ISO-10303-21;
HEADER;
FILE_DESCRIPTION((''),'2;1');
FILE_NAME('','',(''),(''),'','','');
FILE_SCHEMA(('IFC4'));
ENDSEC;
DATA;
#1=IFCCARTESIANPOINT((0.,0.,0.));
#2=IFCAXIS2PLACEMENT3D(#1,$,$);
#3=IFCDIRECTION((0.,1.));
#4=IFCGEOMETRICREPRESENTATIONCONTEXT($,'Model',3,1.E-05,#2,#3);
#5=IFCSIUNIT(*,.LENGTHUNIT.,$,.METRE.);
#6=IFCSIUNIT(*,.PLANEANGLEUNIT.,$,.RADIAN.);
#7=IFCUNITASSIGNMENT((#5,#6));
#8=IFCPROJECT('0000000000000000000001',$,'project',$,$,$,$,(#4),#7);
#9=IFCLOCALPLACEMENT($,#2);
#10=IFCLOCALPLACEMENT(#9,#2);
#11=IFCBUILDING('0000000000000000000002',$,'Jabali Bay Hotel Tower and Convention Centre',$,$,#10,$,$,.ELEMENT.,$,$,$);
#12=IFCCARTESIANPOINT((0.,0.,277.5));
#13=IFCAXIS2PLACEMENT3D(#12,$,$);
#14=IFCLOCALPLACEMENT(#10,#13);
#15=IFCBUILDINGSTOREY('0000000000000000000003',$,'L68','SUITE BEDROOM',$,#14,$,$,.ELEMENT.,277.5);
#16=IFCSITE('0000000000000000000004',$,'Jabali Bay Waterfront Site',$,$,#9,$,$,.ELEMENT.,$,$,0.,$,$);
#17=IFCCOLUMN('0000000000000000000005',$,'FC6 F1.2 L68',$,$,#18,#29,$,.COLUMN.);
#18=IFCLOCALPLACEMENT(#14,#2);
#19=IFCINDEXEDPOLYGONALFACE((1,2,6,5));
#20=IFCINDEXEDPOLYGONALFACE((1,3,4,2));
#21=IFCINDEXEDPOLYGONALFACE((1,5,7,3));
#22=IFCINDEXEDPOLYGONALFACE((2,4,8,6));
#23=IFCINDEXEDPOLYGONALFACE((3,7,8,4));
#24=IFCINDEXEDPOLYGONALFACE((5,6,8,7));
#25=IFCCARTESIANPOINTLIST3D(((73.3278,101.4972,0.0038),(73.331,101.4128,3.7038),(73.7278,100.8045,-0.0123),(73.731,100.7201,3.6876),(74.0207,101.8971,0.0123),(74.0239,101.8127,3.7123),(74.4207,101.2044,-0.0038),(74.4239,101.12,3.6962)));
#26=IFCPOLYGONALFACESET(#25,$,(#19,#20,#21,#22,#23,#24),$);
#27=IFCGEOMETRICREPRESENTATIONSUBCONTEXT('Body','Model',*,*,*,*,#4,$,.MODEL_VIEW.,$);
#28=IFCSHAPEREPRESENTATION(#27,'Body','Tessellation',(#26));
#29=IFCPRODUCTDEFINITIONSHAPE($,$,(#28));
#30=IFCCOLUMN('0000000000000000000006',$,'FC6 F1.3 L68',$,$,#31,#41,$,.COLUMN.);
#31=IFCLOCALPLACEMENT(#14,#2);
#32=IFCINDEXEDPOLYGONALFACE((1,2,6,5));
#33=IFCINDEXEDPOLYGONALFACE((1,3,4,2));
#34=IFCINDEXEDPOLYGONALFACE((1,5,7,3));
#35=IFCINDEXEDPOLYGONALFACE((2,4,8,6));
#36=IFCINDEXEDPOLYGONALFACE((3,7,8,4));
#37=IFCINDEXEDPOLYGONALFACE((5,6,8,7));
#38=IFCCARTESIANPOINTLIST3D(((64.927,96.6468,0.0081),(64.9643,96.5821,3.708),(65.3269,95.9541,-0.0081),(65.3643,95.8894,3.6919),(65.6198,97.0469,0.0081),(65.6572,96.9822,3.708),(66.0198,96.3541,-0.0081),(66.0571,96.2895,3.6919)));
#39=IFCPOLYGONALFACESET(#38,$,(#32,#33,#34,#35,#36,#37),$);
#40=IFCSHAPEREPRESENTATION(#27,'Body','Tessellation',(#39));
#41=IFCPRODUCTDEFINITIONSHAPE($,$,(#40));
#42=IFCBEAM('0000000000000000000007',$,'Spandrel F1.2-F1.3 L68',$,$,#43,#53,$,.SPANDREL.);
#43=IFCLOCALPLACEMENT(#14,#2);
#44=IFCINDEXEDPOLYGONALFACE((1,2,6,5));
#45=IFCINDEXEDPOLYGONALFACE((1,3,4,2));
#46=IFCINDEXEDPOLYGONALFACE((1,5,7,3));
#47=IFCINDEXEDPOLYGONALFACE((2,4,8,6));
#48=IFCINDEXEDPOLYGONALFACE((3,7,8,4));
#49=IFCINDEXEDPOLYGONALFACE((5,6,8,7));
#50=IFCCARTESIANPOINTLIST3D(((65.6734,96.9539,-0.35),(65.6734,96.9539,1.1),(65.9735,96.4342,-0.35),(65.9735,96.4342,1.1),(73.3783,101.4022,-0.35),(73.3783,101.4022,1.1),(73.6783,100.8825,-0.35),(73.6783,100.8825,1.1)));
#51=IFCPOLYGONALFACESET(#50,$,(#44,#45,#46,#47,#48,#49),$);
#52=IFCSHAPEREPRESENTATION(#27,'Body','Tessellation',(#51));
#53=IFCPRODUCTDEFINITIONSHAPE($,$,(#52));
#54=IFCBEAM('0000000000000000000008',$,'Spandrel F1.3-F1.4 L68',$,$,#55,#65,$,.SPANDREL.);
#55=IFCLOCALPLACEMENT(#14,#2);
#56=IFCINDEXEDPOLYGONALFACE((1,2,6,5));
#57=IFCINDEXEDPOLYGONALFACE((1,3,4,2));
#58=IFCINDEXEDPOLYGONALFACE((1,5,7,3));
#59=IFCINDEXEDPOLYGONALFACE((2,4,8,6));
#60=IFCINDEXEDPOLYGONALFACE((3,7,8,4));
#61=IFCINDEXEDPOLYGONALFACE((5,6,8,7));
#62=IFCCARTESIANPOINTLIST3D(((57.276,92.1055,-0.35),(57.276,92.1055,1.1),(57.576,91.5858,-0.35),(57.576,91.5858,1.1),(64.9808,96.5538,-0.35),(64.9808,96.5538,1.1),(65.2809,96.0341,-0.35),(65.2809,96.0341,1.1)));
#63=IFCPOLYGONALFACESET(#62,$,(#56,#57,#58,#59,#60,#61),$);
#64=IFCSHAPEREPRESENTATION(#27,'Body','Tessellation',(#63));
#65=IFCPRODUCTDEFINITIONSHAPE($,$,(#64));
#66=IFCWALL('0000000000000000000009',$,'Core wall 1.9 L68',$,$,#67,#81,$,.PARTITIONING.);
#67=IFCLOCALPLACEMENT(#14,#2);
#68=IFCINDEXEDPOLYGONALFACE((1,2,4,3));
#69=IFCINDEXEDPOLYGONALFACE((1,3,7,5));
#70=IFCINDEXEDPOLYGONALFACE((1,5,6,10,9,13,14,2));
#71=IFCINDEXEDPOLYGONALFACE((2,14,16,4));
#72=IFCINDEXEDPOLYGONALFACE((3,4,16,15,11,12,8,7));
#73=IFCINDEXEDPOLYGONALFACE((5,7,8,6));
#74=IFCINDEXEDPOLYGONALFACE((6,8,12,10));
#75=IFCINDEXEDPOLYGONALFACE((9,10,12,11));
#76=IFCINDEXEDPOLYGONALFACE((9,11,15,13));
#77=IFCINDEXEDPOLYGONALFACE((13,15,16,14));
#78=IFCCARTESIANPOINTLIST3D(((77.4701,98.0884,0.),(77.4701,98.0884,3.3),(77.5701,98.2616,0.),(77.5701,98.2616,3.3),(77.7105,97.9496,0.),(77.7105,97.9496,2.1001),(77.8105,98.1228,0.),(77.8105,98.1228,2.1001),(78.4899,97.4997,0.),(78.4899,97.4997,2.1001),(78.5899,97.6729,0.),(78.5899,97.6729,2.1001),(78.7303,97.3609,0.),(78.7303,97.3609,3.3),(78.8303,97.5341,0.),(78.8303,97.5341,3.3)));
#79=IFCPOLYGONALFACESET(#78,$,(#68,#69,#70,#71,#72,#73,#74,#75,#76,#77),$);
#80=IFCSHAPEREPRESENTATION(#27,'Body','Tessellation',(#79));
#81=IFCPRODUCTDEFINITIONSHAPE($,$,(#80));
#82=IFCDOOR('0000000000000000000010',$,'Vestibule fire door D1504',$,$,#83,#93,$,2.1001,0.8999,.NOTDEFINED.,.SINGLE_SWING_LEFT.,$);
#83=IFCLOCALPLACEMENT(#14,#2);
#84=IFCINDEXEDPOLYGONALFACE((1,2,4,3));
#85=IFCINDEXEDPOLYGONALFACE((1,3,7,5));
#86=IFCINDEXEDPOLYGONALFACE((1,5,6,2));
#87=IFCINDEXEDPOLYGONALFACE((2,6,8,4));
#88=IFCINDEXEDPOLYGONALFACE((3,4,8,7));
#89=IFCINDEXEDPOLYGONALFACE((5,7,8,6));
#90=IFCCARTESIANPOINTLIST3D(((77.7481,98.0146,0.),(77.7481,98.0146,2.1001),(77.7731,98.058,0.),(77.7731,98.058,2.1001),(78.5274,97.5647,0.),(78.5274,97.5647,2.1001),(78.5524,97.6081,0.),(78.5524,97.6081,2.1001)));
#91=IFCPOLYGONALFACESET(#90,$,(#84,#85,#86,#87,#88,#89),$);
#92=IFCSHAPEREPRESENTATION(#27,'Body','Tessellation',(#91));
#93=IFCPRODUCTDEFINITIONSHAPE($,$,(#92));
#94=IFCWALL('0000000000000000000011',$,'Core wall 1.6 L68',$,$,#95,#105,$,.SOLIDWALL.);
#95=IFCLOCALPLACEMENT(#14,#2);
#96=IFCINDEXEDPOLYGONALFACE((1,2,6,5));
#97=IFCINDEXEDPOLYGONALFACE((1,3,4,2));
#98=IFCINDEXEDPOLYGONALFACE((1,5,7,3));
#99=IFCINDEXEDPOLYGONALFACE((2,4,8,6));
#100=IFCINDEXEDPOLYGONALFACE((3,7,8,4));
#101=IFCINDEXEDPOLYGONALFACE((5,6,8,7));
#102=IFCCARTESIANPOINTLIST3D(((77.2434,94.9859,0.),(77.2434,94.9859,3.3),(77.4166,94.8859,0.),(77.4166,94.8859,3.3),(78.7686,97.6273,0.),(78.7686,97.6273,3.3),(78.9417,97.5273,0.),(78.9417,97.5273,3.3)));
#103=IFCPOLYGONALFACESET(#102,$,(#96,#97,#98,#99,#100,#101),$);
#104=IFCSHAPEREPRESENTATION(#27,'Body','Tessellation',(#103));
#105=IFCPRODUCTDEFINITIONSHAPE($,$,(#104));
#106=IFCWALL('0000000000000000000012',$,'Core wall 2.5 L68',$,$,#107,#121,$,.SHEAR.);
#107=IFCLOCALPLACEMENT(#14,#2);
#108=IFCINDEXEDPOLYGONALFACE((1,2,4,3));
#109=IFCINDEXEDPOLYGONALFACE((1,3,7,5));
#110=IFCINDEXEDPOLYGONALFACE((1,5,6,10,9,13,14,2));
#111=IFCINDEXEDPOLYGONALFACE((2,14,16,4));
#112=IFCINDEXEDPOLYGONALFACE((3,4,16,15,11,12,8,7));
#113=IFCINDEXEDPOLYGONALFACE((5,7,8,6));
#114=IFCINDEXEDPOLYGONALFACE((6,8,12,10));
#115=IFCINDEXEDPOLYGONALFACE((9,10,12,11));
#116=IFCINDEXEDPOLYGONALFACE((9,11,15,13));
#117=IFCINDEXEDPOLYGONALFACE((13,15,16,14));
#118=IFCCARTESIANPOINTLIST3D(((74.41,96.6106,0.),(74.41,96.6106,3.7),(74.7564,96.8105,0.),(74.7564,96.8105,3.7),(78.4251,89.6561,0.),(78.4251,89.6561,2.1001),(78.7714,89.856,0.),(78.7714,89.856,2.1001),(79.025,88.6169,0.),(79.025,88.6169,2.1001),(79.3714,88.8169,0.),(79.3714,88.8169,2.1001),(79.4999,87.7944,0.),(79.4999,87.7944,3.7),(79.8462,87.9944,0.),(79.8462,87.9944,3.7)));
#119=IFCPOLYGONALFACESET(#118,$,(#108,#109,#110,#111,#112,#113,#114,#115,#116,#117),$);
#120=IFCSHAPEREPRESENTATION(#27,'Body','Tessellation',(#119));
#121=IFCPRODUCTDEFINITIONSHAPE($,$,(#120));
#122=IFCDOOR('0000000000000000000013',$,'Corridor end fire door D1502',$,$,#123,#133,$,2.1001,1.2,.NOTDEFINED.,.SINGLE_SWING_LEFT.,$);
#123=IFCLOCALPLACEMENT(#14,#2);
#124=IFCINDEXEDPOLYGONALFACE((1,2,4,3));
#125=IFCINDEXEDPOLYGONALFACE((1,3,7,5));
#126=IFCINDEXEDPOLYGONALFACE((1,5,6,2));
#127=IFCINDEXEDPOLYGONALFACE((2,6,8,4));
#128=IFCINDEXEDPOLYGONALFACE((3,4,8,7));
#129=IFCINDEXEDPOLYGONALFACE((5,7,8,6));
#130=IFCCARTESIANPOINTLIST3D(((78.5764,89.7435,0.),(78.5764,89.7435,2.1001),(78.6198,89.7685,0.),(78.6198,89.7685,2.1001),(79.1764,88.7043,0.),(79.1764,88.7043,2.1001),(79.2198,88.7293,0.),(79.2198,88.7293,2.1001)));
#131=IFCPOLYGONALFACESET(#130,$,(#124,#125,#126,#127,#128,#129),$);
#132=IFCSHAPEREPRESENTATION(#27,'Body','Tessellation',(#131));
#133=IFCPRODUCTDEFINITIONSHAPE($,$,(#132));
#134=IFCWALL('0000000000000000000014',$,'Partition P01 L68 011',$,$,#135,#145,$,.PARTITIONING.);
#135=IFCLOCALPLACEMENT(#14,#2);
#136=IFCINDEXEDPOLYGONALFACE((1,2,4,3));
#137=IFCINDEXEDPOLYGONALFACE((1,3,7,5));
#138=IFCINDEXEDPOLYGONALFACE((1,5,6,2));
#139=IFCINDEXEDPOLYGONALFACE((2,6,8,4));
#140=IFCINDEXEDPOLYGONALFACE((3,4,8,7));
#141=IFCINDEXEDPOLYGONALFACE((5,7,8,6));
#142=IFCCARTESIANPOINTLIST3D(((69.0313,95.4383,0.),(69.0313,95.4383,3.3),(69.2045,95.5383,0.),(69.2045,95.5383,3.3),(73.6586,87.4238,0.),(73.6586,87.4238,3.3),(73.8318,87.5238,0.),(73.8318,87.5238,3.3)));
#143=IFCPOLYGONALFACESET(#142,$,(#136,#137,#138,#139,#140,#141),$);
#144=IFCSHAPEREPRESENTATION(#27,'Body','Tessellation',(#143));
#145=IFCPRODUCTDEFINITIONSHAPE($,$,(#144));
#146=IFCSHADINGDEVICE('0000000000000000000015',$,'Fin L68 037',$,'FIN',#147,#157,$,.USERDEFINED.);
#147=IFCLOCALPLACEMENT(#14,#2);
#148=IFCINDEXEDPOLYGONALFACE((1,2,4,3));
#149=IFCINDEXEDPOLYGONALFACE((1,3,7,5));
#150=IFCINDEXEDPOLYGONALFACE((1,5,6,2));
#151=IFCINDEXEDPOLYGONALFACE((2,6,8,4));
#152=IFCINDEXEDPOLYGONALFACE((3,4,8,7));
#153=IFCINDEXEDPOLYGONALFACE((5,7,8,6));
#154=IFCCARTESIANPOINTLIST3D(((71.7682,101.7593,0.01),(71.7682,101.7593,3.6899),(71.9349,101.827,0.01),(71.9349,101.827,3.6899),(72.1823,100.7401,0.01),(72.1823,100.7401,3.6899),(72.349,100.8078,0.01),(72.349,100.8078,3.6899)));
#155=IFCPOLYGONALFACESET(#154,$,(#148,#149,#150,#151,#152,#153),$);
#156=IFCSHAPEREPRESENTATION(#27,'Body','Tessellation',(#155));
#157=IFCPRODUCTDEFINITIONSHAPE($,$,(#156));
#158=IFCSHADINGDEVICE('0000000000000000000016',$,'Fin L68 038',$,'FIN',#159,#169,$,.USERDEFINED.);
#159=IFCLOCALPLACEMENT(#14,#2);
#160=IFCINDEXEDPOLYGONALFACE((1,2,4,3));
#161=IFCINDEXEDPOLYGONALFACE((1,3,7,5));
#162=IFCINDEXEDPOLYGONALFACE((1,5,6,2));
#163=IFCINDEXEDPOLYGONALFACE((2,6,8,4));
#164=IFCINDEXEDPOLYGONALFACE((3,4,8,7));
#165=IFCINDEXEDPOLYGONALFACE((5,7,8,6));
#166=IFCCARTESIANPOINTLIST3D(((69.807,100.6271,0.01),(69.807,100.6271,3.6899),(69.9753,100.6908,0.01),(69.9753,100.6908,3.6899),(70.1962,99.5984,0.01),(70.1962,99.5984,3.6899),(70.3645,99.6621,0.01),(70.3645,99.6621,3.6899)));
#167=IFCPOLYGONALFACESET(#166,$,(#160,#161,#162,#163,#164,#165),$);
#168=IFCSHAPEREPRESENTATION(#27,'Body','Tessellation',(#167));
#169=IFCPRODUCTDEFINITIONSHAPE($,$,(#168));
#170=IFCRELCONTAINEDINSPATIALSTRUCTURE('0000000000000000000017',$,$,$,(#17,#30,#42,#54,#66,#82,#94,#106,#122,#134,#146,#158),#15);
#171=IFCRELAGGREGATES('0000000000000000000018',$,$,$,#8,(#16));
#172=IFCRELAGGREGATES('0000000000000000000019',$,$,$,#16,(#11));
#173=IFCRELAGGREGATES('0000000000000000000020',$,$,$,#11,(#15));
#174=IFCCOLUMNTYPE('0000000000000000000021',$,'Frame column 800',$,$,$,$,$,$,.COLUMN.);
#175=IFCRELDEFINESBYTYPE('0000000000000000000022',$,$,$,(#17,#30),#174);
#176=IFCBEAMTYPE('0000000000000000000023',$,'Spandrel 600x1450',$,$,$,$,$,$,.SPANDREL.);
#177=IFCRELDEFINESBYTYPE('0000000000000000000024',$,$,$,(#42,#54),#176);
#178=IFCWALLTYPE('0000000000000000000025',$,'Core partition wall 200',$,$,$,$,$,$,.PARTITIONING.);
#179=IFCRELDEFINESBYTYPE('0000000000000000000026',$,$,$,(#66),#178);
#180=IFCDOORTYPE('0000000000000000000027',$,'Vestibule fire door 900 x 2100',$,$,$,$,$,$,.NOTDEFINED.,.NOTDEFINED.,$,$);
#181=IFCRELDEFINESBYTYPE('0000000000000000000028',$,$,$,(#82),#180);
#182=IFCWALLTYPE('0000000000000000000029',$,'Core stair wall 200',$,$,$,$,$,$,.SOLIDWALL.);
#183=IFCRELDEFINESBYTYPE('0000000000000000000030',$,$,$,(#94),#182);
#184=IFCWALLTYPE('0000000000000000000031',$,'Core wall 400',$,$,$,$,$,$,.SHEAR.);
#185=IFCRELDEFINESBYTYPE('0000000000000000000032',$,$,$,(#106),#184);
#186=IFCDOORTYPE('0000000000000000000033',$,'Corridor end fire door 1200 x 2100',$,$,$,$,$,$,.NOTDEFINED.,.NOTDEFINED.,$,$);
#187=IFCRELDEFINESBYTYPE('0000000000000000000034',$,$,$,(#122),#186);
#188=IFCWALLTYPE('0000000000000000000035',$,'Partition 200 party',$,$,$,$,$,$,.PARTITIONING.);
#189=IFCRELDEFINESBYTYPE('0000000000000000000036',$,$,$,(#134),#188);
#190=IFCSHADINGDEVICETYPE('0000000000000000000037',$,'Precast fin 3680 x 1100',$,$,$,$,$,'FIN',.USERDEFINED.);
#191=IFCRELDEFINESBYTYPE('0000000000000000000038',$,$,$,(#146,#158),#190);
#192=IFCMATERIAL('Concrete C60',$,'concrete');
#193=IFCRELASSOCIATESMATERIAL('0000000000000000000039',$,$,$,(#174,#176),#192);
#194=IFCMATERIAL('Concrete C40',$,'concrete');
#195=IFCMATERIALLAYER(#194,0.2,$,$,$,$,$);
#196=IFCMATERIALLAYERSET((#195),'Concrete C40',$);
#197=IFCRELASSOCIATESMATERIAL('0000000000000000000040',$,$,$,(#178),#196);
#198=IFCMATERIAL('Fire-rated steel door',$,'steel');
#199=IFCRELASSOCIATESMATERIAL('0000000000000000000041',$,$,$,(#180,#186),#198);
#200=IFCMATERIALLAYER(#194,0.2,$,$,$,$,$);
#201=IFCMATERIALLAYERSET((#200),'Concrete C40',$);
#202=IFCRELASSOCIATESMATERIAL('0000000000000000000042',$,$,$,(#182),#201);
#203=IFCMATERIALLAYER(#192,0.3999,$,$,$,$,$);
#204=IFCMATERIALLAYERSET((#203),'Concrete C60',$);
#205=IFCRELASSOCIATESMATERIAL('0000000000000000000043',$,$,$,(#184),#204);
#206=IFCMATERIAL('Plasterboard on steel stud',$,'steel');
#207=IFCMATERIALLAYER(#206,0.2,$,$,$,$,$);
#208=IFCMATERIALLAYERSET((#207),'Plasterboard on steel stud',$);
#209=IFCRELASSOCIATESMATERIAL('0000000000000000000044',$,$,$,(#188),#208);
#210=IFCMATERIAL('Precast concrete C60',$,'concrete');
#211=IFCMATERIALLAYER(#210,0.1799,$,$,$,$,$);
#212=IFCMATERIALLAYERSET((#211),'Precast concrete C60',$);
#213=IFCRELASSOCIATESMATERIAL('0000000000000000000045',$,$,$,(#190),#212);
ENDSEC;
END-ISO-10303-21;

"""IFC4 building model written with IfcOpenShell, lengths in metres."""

from ifc_helpers import new_model, si_unit, direction, frame, frame_2d, origin, origin_2d, place, context, subcontext, project, spatial, rectangle, extrude, material, layer, layer_set, material_profile, profile_set, type_object, element, fill, save


model = new_model("IFC4")

# Units and contexts
model_context = context("Model", 3, precision=1e-05, world=origin(), true_north=direction((0.0, 1.0)))
body_context = subcontext(model_context, "Body", "Model", "MODEL_VIEW")
ifc_project = project(units=[si_unit("LENGTHUNIT", "METRE"), si_unit("PLANEANGLEUNIT", "RADIAN")], contexts=[model_context])

# Site, building, storey
site_placement = place(None, origin())
site = spatial("IfcSite", under=ifc_project, at=site_placement, Name="Jabali Bay Waterfront Site", CompositionType="ELEMENT", RefElevation=0.0)
building_placement = place(site_placement, origin())
building = spatial("IfcBuilding", under=site, at=building_placement, Name="Jabali Bay Hotel Tower and Convention Centre", CompositionType="ELEMENT")
storey_placement = place(building_placement, frame((0.0, 0.0, 277.5)))
storey = spatial("IfcBuildingStorey", under=building, at=storey_placement, Name="L68", Description="SUITE BEDROOM", CompositionType="ELEMENT", Elevation=277.5)

# Columns
ifc_material_1 = material(Name="Concrete C60", Category="concrete")
ifc_material_profile_1 = material_profile(ifc_material_1, rectangle(XDim=0.8, YDim=0.8, at=origin_2d()), Name="Frame column 800")
ifc_profile_set_1 = profile_set([ifc_material_profile_1], Name="Concrete C60")
column_type = type_object("IfcColumnType", Name="Frame column 800", PredefinedType="COLUMN", material=ifc_profile_set_1)
column_1_placement = place(storey_placement, frame((73.8743, 101.3508, 0.0), z_axis=(0.000858, -0.022825, 0.999739), x_axis=(0.866054, 0.499836, 0.010669)))
element("IfcColumn", 1, at=column_1_placement, inside=storey, type_object=column_type, Name="FC6 F1.2 L68", PredefinedType="COLUMN", context=body_context, shape_type="SweptSolid", body=[
    extrude(rectangle(XDim=0.8, YDim=0.8, at=origin_2d()), origin(), (0.0, 0.0, 1.0), 3.7009),
])
column_2_placement = place(storey_placement, frame((65.4734, 96.5005, 0.0), z_axis=(0.010094, -0.017482, 0.999796), x_axis=(0.866017, 0.500015, 0.0)))
element("IfcColumn", 2, at=column_2_placement, inside=storey, type_object=column_type, Name="FC6 F1.3 L68", PredefinedType="COLUMN", context=body_context, shape_type="SweptSolid", body=[
    extrude(rectangle(XDim=0.8, YDim=0.8, at=origin_2d()), origin(), (0.0, 0.0, 1.0), 3.7007),
])

# Beams
ifc_material_profile_2 = material_profile(ifc_material_1, rectangle(XDim=0.6001, YDim=1.45, at=origin_2d()), Name="Spandrel 600x1450")
ifc_profile_set_2 = profile_set([ifc_material_profile_2], Name="Concrete C60")
beam_type = type_object("IfcBeamType", Name="Spandrel 600x1450", PredefinedType="SPANDREL", material=ifc_profile_set_2)
for number, where, z_axis, x_axis, name in (
    (3, (73.5283, 101.1423, 0.375), (-0.866032, -0.499988, 0.0), (0.499988, -0.866032, 0.0), "Spandrel F1.2-F1.3 L68"),
    (4, (65.1309, 96.2939, 0.375), (-0.866032, -0.499988, 0.0), (0.499988, -0.866032, 0.0), "Spandrel F1.3-F1.4 L68"),
):
    element("IfcBeam", number, at=place(storey_placement, frame(where, z_axis=z_axis, x_axis=x_axis)), inside=storey, type_object=beam_type, Name=name, PredefinedType="SPANDREL", context=body_context, shape_type="SweptSolid", body=[
        extrude(rectangle(XDim=0.6001, YDim=1.45, at=origin_2d()), origin(), (0.0, 0.0, 1.0), 8.8967),
    ])

# Wall, opening, door
ifc_material_2 = material(Name="Concrete C40", Category="concrete")
ifc_layer_1 = layer(ifc_material_2, 0.2)
ifc_layer_set_1 = layer_set([ifc_layer_1], Name="Concrete C40")
wall_type_1 = type_object("IfcWallType", Name="Core partition wall 200", PredefinedType="PARTITIONING", material=ifc_layer_set_1)
wall_1_placement = place(storey_placement, frame((78.7803, 97.4475, 0.0), z_axis=(0.0, 0.0, 1.0), x_axis=(-0.866046, 0.499965, 0.0)))
wall_1 = element("IfcWall", 5, at=wall_1_placement, inside=storey, type_object=wall_type_1, Name="Core wall 1.9 L68", PredefinedType="PARTITIONING", context=body_context, shape_type="SweptSolid", body=[
    extrude(rectangle(XDim=1.4551, YDim=0.2, at=frame_2d((0.7275, 0.0))), origin(), (0.0, 0.0, 1.0), 3.3),
])
opening_1_placement = place(wall_1_placement, frame((0.2776, 0.0, 0.0)))
opening_1 = element("IfcOpeningElement", 6, at=opening_1_placement, cuts=wall_1, PredefinedType="OPENING", context=body_context, shape_type="SweptSolid", body=[
    extrude(rectangle(XDim=0.8999, YDim=2.1001, at=frame_2d((0.45, 1.05))), frame((0.0, 0.1104, 0.0), z_axis=(0.0, -1.0, 0.0), x_axis=(1.0, 0.0, 0.0)), (0.0, 0.0, 1.0), 0.2209),
])
ifc_material_3 = material(Name="Fire-rated steel door", Category="steel")
door_type_1 = type_object("IfcDoorType", Name="Vestibule fire door 900 x 2100", OperationType="NOTDEFINED", PredefinedType="NOTDEFINED", material=ifc_material_3)
door_1_placement = place(opening_1_placement, origin())
door_1 = element("IfcDoor", 7, at=door_1_placement, inside=storey, type_object=door_type_1, Name="Vestibule fire door D1504", OperationType="SINGLE_SWING_LEFT", OverallHeight=2.1001, OverallWidth=0.8999, PredefinedType="NOTDEFINED", context=body_context, shape_type="SweptSolid", body=[
    extrude(rectangle(XDim=0.8999, YDim=2.1001, at=frame_2d((0.45, 1.05))), frame((0.0, 0.0249, 0.0), z_axis=(0.0, -1.0, 0.0), x_axis=(1.0, 0.0, 0.0)), (0.0, 0.0, 1.0), 0.05),
])
fill(opening_1, door_1)

# Wall
ifc_layer_2 = layer(ifc_material_2, 0.2)
ifc_layer_set_2 = layer_set([ifc_layer_2], Name="Concrete C40")
wall_type_2 = type_object("IfcWallType", Name="Core stair wall 200", PredefinedType="SOLIDWALL", material=ifc_layer_set_2)
wall_2_placement = place(storey_placement, frame((77.3301, 94.936, 0.0), z_axis=(0.0, 0.0, 1.0), x_axis=(0.500039, 0.866003, 0.0)))
element("IfcWall", 8, at=wall_2_placement, inside=storey, type_object=wall_type_2, Name="Core wall 1.6 L68", PredefinedType="SOLIDWALL", context=body_context, shape_type="SweptSolid", body=[
    extrude(rectangle(XDim=3.05, YDim=0.2, at=frame_2d((1.5249, 0.0))), origin(), (0.0, 0.0, 1.0), 3.3),
])

# Wall, opening, door
ifc_layer_3 = layer(ifc_material_1, 0.3999)
ifc_layer_set_3 = layer_set([ifc_layer_3], Name="Concrete C60")
wall_type_3 = type_object("IfcWallType", Name="Core wall 400", PredefinedType="SHEAR", material=ifc_layer_set_3)
wall_3_placement = place(storey_placement, frame((74.5833, 96.7104, 0.0), z_axis=(0.0, 0.0, 1.0), x_axis=(0.499987, -0.866033, 0.0)))
wall_3 = element("IfcWall", 9, at=wall_3_placement, inside=storey, type_object=wall_type_3, Name="Core wall 2.5 L68", PredefinedType="SHEAR", context=body_context, shape_type="SweptSolid", body=[
    extrude(rectangle(XDim=10.1799, YDim=0.3999, at=frame_2d((5.0898, 0.0))), origin(), (0.0, 0.0, 1.0), 3.7),
])
opening_2_placement = place(wall_3_placement, frame((8.03, 0.0, 0.0)))
opening_2 = element("IfcOpeningElement", 10, at=opening_2_placement, cuts=wall_3, PredefinedType="OPENING", context=body_context, shape_type="SweptSolid", body=[
    extrude(rectangle(XDim=1.2, YDim=2.1001, at=frame_2d((0.6001, 1.05))), frame((0.0, 0.2104, 0.0), z_axis=(0.0, -1.0, 0.0), x_axis=(1.0, 0.0, 0.0)), (0.0, 0.0, 1.0), 0.4209),
])
door_type_2 = type_object("IfcDoorType", Name="Corridor end fire door 1200 x 2100", OperationType="NOTDEFINED", PredefinedType="NOTDEFINED", material=ifc_material_3)
door_2_placement = place(opening_2_placement, origin())
door_2 = element("IfcDoor", 11, at=door_2_placement, inside=storey, type_object=door_type_2, Name="Corridor end fire door D1502", OperationType="SINGLE_SWING_LEFT", OverallHeight=2.1001, OverallWidth=1.2, PredefinedType="NOTDEFINED", context=body_context, shape_type="SweptSolid", body=[
    extrude(rectangle(XDim=1.2, YDim=2.1001, at=frame_2d((0.6001, 1.05))), frame((0.0, 0.0249, 0.0), z_axis=(0.0, -1.0, 0.0), x_axis=(1.0, 0.0, 0.0)), (0.0, 0.0, 1.0), 0.05),
])
fill(opening_2, door_2)

# Wall
ifc_material_4 = material(Name="Plasterboard on steel stud", Category="steel")
ifc_layer_4 = layer(ifc_material_4, 0.2)
ifc_layer_set_4 = layer_set([ifc_layer_4], Name="Plasterboard on steel stud")
wall_type_4 = type_object("IfcWallType", Name="Partition 200 party", PredefinedType="PARTITIONING", material=ifc_layer_set_4)
wall_4_placement = place(storey_placement, frame((69.1179, 95.4883, 0.0), z_axis=(0.0, 0.0, 1.0), x_axis=(0.500006, -0.866022, 0.0)))
element("IfcWall", 12, at=wall_4_placement, inside=storey, type_object=wall_type_4, Name="Partition P01 L68 011", PredefinedType="PARTITIONING", context=body_context, shape_type="SweptSolid", body=[
    extrude(rectangle(XDim=9.2544, YDim=0.2, at=frame_2d((4.6272, 0.0))), origin(), (0.0, 0.0, 1.0), 3.3),
])

# Shading devices
ifc_material_5 = material(Name="Precast concrete C60", Category="concrete")
ifc_layer_5 = layer(ifc_material_5, 0.1799)
ifc_layer_set_5 = layer_set([ifc_layer_5], Name="Precast concrete C60")
shading_device_type_1 = type_object("IfcShadingDeviceType", Name="Precast fin 3680 x 1100", ElementType="FIN", PredefinedType="USERDEFINED", material=ifc_layer_set_5)
shading_device_1_placement = place(storey_placement, frame((72.2656, 100.7739, 0.01), z_axis=(0.0, 0.0, 1.0), x_axis=(-0.376359, 0.926474, 0.0)))
element("IfcShadingDevice", 13, at=shading_device_1_placement, inside=storey, type_object=shading_device_type_1, Name="Fin L68 037", ObjectType="FIN", PredefinedType="USERDEFINED", context=body_context, shape_type="SweptSolid", body=[
    extrude(rectangle(XDim=1.1001, YDim=0.1799, at=frame_2d((0.55, 0.0))), origin(), (0.0, 0.0, 1.0), 3.6799),
])
for number, where, z_axis, x_axis, name in (
    (14, (70.2803, 99.6304, 0.01), (0.0, 0.0, 1.0), (-0.353798, 0.935322, 0.0), "Fin L68 038"),
):
    element("IfcShadingDevice", number, at=place(storey_placement, frame(where, z_axis=z_axis, x_axis=x_axis)), inside=storey, type_object=shading_device_type_1, Name=name, ObjectType="FIN", PredefinedType="USERDEFINED", context=body_context, shape_type="SweptSolid", body=[
        extrude(rectangle(XDim=1.0999, YDim=0.1799, at=frame_2d((0.5498, 0.0))), origin(), (0.0, 0.0, 1.0), 3.6799),
    ])

save(model, "model.ifc")
